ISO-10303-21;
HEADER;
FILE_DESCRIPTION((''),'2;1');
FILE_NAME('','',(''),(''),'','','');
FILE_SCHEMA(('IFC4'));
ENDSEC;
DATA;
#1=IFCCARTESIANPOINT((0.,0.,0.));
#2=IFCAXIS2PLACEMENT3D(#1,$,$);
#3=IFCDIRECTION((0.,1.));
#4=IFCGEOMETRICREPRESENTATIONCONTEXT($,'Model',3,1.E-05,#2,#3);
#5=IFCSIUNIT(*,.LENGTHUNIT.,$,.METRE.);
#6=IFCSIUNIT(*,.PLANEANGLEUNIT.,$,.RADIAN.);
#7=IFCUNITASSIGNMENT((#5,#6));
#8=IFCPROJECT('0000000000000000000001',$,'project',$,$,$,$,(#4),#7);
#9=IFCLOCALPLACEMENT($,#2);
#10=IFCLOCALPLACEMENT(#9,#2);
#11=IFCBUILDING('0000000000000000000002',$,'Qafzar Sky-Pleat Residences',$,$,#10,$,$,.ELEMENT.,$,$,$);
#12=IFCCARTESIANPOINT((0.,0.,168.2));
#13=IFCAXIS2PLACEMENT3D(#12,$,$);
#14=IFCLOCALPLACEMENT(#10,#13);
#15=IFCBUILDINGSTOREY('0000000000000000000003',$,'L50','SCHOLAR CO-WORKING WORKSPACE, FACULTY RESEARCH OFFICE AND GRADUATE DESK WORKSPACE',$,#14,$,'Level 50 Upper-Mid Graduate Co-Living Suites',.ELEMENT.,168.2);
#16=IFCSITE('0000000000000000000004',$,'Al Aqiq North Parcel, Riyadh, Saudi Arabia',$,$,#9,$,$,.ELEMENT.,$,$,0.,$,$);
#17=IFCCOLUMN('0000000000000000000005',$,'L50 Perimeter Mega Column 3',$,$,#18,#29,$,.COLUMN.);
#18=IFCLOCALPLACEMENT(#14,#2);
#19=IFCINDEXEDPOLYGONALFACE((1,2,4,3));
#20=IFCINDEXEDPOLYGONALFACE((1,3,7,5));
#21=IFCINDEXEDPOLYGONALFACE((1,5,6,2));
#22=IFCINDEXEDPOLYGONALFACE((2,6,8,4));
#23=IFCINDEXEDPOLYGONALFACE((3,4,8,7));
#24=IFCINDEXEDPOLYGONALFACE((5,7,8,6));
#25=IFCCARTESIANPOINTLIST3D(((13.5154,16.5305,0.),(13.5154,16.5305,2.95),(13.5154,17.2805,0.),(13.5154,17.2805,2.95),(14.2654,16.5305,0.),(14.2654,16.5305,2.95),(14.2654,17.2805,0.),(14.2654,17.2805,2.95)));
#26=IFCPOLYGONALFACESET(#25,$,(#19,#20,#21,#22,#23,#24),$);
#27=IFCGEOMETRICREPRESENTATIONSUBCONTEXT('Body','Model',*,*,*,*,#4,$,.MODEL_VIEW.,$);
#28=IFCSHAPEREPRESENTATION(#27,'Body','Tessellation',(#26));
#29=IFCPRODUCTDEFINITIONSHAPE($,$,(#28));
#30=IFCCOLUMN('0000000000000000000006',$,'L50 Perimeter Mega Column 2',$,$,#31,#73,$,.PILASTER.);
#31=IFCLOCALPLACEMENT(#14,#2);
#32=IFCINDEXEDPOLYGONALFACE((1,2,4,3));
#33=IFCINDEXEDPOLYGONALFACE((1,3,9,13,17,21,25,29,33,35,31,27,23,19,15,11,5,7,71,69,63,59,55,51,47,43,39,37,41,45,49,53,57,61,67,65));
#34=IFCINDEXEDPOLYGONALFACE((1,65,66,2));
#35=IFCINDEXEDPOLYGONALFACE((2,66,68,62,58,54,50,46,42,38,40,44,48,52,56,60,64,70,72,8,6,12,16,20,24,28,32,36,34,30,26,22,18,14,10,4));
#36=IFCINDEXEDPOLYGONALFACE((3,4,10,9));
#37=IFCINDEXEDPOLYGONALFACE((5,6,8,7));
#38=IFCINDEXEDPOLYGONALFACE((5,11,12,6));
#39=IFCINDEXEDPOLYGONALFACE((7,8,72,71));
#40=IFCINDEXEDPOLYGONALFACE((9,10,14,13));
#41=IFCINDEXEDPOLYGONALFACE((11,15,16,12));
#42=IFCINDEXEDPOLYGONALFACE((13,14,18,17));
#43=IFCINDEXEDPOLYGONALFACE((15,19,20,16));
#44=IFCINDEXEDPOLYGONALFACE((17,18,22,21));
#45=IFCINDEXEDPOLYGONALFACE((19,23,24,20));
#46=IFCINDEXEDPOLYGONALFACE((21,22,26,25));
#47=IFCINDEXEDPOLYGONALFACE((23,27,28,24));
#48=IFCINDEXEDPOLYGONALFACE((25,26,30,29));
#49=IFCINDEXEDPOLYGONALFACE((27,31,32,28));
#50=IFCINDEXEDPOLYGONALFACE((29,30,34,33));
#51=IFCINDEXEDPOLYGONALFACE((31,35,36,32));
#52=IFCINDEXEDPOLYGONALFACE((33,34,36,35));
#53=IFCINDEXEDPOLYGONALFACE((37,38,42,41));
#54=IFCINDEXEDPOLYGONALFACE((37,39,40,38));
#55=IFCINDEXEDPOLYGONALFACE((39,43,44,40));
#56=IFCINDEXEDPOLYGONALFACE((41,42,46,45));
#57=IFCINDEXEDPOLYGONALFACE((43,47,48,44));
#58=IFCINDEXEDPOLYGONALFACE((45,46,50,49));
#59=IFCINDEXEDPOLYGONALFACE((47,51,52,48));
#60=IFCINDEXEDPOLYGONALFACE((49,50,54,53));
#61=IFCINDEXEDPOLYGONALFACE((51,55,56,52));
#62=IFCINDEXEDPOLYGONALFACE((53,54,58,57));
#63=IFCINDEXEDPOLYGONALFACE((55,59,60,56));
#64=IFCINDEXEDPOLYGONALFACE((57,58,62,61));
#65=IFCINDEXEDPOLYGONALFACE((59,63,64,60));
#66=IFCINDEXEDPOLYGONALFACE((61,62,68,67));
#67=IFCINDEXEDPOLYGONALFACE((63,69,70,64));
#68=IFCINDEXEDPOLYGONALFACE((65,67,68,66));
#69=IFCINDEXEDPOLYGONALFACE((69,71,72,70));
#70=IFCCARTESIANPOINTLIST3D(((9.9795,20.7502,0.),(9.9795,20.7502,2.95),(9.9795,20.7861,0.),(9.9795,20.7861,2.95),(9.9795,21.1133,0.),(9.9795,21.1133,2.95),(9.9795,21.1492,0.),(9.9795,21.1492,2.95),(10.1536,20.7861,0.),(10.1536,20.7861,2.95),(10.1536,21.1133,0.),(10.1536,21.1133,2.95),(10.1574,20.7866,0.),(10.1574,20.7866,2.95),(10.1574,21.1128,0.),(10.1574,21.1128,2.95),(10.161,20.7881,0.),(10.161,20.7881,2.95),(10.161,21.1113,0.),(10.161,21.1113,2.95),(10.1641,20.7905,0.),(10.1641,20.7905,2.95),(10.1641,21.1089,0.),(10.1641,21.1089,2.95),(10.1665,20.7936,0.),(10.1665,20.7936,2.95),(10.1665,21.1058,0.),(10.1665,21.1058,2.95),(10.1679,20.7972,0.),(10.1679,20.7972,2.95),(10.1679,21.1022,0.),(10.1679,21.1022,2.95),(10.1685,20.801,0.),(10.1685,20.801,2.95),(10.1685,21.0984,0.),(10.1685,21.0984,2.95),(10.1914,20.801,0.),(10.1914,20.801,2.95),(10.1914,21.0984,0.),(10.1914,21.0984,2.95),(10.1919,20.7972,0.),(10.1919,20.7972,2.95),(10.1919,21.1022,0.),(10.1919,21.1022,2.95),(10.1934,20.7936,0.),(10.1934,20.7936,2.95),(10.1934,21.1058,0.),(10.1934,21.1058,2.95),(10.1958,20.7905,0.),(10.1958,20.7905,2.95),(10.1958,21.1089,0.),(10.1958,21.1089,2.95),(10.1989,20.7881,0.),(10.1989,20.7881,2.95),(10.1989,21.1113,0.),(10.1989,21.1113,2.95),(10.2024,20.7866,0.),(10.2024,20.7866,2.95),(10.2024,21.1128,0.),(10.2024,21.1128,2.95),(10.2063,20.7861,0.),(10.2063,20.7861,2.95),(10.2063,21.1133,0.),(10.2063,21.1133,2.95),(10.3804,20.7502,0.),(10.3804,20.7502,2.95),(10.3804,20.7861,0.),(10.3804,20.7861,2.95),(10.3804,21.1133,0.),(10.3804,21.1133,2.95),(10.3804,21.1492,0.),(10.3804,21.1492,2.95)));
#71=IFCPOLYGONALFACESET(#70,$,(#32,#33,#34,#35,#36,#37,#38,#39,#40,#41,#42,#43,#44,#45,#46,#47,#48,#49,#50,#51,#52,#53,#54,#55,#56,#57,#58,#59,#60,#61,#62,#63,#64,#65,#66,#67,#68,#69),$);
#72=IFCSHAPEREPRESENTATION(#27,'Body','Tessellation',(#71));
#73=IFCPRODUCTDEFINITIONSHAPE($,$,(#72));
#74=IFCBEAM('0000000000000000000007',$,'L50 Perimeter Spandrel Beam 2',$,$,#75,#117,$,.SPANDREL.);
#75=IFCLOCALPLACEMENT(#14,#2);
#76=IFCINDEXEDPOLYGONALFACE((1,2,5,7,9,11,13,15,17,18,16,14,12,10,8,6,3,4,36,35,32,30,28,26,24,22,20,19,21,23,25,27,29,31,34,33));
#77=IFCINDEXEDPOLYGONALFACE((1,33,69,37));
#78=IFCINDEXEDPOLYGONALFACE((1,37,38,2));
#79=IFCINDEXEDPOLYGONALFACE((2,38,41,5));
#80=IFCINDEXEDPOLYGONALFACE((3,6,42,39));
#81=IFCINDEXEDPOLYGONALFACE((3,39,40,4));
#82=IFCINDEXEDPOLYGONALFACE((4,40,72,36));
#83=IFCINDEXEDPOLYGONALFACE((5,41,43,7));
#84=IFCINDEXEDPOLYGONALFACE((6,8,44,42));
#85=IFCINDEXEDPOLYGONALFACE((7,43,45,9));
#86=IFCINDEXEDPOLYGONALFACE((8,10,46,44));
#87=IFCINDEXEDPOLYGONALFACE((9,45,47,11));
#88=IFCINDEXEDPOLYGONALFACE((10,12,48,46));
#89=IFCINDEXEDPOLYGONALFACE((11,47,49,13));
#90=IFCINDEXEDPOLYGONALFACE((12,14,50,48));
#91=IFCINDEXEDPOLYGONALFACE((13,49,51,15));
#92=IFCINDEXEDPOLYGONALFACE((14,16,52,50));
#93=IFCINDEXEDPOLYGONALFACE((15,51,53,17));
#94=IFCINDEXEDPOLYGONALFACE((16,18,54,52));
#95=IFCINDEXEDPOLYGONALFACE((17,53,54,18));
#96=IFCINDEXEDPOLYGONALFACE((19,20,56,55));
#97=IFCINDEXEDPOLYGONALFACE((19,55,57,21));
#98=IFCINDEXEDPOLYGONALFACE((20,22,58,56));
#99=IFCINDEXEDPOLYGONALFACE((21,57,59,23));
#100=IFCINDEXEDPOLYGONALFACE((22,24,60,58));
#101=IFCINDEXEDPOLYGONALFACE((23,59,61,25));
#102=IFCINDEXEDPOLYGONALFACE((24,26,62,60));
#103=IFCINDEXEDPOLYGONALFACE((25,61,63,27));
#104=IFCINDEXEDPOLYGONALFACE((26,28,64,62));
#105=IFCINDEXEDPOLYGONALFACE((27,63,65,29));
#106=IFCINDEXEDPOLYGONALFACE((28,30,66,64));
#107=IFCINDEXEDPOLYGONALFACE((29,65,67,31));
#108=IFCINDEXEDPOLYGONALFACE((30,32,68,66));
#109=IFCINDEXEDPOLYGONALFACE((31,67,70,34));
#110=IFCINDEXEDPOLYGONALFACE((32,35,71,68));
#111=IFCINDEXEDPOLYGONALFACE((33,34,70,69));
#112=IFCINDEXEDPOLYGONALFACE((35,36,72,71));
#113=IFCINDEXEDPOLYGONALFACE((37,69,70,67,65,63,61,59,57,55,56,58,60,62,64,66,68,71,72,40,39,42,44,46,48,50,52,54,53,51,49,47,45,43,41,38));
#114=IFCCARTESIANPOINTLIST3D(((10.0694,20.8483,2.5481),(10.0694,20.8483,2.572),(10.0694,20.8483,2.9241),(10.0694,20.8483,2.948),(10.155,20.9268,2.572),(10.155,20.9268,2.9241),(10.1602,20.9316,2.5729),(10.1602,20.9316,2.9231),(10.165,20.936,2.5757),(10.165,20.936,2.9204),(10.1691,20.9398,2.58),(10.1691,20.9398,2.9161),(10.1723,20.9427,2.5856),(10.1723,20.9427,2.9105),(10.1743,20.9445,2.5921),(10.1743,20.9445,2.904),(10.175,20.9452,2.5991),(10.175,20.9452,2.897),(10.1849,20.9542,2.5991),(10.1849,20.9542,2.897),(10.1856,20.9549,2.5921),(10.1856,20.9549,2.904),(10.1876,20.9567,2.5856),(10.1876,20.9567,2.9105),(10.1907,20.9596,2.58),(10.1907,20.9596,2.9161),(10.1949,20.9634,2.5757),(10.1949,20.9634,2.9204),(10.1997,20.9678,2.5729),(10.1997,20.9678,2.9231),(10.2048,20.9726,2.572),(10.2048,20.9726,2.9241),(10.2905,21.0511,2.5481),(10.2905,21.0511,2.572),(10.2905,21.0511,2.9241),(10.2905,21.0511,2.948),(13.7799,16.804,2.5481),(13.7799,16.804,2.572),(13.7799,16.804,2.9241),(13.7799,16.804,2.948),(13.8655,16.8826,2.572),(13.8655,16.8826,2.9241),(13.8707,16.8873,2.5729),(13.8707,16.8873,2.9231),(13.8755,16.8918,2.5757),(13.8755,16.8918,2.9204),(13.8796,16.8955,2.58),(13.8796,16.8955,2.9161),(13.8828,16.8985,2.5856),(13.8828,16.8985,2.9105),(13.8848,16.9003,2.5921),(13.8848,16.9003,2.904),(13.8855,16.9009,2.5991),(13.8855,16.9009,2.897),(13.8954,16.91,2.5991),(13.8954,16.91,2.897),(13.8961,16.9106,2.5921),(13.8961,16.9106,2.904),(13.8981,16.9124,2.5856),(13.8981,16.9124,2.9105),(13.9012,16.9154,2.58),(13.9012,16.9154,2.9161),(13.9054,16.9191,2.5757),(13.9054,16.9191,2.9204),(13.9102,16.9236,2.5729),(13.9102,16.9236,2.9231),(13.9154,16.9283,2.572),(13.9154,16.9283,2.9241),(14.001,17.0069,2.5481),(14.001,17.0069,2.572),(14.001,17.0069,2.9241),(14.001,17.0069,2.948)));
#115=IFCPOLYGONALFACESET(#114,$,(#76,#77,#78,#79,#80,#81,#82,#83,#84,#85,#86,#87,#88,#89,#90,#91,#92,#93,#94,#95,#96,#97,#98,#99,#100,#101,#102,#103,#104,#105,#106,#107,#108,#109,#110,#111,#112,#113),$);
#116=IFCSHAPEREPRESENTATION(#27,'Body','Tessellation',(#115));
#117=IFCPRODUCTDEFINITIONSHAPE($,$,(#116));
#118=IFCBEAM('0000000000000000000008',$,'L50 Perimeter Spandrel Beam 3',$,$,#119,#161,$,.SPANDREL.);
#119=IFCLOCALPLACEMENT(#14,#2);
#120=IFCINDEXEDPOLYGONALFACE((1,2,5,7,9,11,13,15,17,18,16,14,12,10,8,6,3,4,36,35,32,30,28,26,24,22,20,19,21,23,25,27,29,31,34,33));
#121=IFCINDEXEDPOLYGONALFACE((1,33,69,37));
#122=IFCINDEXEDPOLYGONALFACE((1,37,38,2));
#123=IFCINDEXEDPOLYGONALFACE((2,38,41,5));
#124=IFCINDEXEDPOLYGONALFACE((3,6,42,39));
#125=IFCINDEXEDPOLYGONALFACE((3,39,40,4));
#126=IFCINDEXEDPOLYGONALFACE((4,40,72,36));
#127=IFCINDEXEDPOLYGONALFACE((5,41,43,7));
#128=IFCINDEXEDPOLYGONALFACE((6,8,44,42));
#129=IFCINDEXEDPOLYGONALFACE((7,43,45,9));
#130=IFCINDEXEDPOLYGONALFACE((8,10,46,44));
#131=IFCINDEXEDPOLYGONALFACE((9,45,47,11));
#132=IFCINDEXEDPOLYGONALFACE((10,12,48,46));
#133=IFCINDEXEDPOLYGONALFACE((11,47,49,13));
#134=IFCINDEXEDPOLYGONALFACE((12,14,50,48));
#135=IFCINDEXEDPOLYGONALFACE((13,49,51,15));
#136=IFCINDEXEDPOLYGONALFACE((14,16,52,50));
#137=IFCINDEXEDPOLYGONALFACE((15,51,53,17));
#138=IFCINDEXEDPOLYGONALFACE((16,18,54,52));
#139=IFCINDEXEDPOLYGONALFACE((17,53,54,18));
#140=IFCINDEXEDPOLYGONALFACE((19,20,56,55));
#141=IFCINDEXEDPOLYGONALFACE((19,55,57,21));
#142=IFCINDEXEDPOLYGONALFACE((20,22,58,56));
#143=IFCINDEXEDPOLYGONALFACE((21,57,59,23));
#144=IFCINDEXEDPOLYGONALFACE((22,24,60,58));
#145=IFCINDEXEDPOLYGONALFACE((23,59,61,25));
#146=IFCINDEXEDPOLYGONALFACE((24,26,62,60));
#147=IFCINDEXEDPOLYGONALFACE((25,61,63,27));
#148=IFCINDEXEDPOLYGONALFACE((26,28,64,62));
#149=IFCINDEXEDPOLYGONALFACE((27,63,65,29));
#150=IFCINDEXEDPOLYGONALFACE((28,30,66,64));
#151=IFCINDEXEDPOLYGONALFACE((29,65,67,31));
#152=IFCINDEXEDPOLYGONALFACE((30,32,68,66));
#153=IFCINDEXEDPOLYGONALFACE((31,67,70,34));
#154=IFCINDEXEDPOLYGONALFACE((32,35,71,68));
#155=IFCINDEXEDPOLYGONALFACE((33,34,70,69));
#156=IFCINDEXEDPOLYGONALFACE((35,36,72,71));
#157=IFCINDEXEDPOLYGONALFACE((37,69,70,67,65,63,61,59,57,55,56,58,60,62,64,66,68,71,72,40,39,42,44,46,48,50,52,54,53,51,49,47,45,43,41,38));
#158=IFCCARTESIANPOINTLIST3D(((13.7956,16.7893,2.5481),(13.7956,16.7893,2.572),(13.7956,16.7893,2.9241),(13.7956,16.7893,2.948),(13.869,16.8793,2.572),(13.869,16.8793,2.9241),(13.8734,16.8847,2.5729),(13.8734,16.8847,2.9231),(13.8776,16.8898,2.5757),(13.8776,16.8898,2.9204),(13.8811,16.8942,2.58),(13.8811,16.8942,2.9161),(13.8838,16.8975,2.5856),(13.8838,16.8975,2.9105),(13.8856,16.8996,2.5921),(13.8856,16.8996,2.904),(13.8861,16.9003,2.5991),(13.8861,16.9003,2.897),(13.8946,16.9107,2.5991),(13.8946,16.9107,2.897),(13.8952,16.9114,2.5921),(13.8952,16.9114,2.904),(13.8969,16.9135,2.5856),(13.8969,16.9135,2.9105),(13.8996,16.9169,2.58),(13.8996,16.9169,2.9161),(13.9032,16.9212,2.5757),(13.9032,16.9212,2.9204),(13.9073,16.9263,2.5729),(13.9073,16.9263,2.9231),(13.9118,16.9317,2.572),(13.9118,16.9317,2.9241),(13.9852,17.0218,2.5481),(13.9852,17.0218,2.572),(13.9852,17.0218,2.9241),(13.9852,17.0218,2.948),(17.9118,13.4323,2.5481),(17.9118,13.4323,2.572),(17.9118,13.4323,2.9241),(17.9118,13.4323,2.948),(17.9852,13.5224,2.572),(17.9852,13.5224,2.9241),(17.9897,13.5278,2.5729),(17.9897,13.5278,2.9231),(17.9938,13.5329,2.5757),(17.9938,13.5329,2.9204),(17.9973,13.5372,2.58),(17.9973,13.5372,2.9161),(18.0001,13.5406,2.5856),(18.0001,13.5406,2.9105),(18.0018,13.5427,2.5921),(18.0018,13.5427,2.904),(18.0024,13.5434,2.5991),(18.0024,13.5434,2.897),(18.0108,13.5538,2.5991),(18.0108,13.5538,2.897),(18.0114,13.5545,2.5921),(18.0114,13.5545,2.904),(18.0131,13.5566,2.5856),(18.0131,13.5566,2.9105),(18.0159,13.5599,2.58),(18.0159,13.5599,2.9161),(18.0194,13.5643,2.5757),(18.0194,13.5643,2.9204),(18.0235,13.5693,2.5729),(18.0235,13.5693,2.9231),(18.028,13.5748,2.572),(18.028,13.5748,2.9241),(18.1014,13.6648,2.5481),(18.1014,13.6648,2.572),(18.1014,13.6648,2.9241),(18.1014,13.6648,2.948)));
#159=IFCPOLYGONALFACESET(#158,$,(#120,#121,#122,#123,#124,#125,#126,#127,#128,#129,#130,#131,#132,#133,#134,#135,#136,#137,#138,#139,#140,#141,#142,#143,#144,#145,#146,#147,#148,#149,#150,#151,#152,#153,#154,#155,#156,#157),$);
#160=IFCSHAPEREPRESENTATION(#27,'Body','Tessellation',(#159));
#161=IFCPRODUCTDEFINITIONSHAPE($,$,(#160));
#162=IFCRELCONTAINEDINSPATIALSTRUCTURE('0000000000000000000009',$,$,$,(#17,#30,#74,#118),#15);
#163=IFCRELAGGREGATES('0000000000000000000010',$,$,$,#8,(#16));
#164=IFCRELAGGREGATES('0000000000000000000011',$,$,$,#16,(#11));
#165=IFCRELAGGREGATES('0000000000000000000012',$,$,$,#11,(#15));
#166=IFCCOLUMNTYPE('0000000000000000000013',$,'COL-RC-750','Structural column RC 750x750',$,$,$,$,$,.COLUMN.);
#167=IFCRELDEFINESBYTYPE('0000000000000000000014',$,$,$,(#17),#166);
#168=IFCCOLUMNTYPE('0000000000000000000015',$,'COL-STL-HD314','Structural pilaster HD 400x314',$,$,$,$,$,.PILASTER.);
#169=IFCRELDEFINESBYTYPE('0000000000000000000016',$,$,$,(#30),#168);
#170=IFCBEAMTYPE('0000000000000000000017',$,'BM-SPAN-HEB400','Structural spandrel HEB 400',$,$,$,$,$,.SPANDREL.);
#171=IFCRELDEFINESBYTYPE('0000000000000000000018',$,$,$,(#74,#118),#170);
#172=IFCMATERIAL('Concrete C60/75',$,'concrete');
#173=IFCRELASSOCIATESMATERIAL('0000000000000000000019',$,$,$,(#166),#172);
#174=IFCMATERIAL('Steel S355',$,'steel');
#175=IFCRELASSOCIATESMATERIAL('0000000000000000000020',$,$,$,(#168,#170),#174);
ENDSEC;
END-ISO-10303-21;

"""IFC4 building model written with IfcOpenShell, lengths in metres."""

from ifc_helpers import new_model, si_unit, direction, frame, origin, origin_2d, place, context, subcontext, project, spatial, rectangle, i_section, extrude, source, transform, mapped, material, material_profile, profile_set, type_object, element, save


model = new_model("IFC4")

# Units and contexts
model_context = context("Model", 3, precision=1e-05, world=origin(), true_north=direction((0.0, 1.0)))
body_context = subcontext(model_context, "Body", "Model", "MODEL_VIEW")
ifc_project = project(units=[si_unit("LENGTHUNIT", "METRE"), si_unit("PLANEANGLEUNIT", "RADIAN")], contexts=[model_context])

# Site, building, storey
site_placement = place(None, origin())
site = spatial("IfcSite", under=ifc_project, at=site_placement, Name="Al Aqiq North Parcel, Riyadh, Saudi Arabia", CompositionType="ELEMENT", RefElevation=0.0)
building_placement = place(site_placement, origin())
building = spatial("IfcBuilding", under=site, at=building_placement, Name="Qafzar Sky-Pleat Residences", CompositionType="ELEMENT")
storey_placement = place(building_placement, frame((0.0, 0.0, 168.2)))
storey = spatial("IfcBuildingStorey", under=building, at=storey_placement, Name="L50", Description="SCHOLAR CO-WORKING WORKSPACE, FACULTY RESEARCH OFFICE AND GRADUATE DESK WORKSPACE", LongName="Level 50 Upper-Mid Graduate Co-Living Suites", CompositionType="ELEMENT", Elevation=168.2)

# Columns
ifc_material_1 = material(Name="Concrete C60/75", Category="concrete")
ifc_material_profile_1 = material_profile(ifc_material_1, rectangle(XDim=0.75, YDim=0.75, at=origin_2d()), Name="RC 750x750")
ifc_profile_set_1 = profile_set([ifc_material_profile_1], Name="Concrete C60/75")
column_type_1 = type_object("IfcColumnType", Name="COL-RC-750", Description="Structural column RC 750x750", PredefinedType="COLUMN", material=ifc_profile_set_1)
shared_shape_1 = source(origin(), body_context, "Body", "SweptSolid", [
    extrude(rectangle(XDim=0.75, YDim=0.75, at=origin_2d()), origin(), (0.0, 0.0, 1.0), 2.95),
])
column_1_placement = place(storey_placement, frame((13.8904, 16.9055, 0.0), z_axis=(0.0, 0.0, 1.0), x_axis=(1.0, 0.0, 0.0)))
element("IfcColumn", 1, at=column_1_placement, inside=storey, type_object=column_type_1, Name="L50 Perimeter Mega Column 3", PredefinedType="COLUMN", context=body_context, shape_type="MappedRepresentation", body=[
    mapped(shared_shape_1, transform((0.0, 0.0, 0.0), x_axis=(1.0, 0.0, 0.0), y_axis=(0.0, 1.0, 0.0), z_axis=(0.0, 0.0, 1.0), scale=1.0)),
])
ifc_material_2 = material(Name="Steel S355", Category="steel")
ifc_material_profile_2 = material_profile(ifc_material_2, i_section(OverallWidth=0.4009, OverallDepth=0.3989, WebThickness=0.0229, FlangeThickness=0.0359, FilletRadius=0.0149, at=origin_2d()), Name="HD 400x314")
ifc_profile_set_2 = profile_set([ifc_material_profile_2], Name="Steel S355")
column_type_2 = type_object("IfcColumnType", Name="COL-STL-HD314", Description="Structural pilaster HD 400x314", PredefinedType="PILASTER", material=ifc_profile_set_2)
shared_shape_2 = source(origin(), body_context, "Body", "SweptSolid", [
    extrude(i_section(OverallWidth=0.4009, OverallDepth=0.3989, WebThickness=0.0229, FlangeThickness=0.0359, FilletRadius=0.0149, at=origin_2d()), origin(), (0.0, 0.0, 1.0), 2.95),
])
column_2_placement = place(storey_placement, frame((10.1799, 20.9497, 0.0), z_axis=(0.0, 0.0, 1.0), x_axis=(1.0, 0.0, 0.0)))
element("IfcColumn", 2, at=column_2_placement, inside=storey, type_object=column_type_2, Name="L50 Perimeter Mega Column 2", PredefinedType="PILASTER", context=body_context, shape_type="MappedRepresentation", body=[
    mapped(shared_shape_2, transform((0.0, 0.0, 0.0), x_axis=(1.0, 0.0, 0.0), y_axis=(0.0, 1.0, 0.0), z_axis=(0.0, 0.0, 1.0), scale=1.0)),
])

# Beams
ifc_material_profile_3 = material_profile(ifc_material_2, i_section(OverallWidth=0.3, OverallDepth=0.3999, WebThickness=0.0134, FlangeThickness=0.0239, FilletRadius=0.0271, at=origin_2d()), Name="HEB 400")
ifc_profile_set_3 = profile_set([ifc_material_profile_3], Name="Steel S355")
beam_type_1 = type_object("IfcBeamType", Name="BM-SPAN-HEB400", Description="Structural spandrel HEB 400", PredefinedType="SPANDREL", material=ifc_profile_set_3)
shared_shape_3 = source(origin(), body_context, "Body", "SweptSolid", [
    extrude(i_section(OverallWidth=0.3, OverallDepth=0.3999, WebThickness=0.0134, FlangeThickness=0.0239, FilletRadius=0.0271, at=origin_2d()), origin(), (0.0, 0.0, 1.0), 5.4885),
])
beam_1_placement = place(storey_placement, frame((10.1799, 20.9497, 2.748), z_axis=(0.676049, -0.736857, 0.0), x_axis=(0.736857, 0.676049, 0.0)))
element("IfcBeam", 3, at=beam_1_placement, inside=storey, type_object=beam_type_1, Name="L50 Perimeter Spandrel Beam 2", PredefinedType="SPANDREL", context=body_context, shape_type="MappedRepresentation", body=[
    mapped(shared_shape_3, transform((0.0, 0.0, 0.0), x_axis=(1.0, 0.0, 0.0), y_axis=(0.0, 1.0, 0.0), z_axis=(0.0, 0.0, 1.0), scale=1.0)),
])
shared_shape_4 = source(origin(), body_context, "Body", "SweptSolid", [
    extrude(i_section(OverallWidth=0.3, OverallDepth=0.3999, WebThickness=0.0134, FlangeThickness=0.0239, FilletRadius=0.0271, at=origin_2d()), origin(), (0.0, 0.0, 1.0), 5.3115),
])
beam_2_placement = place(storey_placement, frame((13.8904, 16.9055, 2.748), z_axis=(0.77496, -0.632011, 0.0), x_axis=(0.632011, 0.77496, 0.0)))
element("IfcBeam", 4, at=beam_2_placement, inside=storey, type_object=beam_type_1, Name="L50 Perimeter Spandrel Beam 3", PredefinedType="SPANDREL", context=body_context, shape_type="MappedRepresentation", body=[
    mapped(shared_shape_4, transform((0.0, 0.0, 0.0), x_axis=(1.0, 0.0, 0.0), y_axis=(0.0, 1.0, 0.0), z_axis=(0.0, 0.0, 1.0), scale=1.0)),
])

save(model, "model.ifc")
